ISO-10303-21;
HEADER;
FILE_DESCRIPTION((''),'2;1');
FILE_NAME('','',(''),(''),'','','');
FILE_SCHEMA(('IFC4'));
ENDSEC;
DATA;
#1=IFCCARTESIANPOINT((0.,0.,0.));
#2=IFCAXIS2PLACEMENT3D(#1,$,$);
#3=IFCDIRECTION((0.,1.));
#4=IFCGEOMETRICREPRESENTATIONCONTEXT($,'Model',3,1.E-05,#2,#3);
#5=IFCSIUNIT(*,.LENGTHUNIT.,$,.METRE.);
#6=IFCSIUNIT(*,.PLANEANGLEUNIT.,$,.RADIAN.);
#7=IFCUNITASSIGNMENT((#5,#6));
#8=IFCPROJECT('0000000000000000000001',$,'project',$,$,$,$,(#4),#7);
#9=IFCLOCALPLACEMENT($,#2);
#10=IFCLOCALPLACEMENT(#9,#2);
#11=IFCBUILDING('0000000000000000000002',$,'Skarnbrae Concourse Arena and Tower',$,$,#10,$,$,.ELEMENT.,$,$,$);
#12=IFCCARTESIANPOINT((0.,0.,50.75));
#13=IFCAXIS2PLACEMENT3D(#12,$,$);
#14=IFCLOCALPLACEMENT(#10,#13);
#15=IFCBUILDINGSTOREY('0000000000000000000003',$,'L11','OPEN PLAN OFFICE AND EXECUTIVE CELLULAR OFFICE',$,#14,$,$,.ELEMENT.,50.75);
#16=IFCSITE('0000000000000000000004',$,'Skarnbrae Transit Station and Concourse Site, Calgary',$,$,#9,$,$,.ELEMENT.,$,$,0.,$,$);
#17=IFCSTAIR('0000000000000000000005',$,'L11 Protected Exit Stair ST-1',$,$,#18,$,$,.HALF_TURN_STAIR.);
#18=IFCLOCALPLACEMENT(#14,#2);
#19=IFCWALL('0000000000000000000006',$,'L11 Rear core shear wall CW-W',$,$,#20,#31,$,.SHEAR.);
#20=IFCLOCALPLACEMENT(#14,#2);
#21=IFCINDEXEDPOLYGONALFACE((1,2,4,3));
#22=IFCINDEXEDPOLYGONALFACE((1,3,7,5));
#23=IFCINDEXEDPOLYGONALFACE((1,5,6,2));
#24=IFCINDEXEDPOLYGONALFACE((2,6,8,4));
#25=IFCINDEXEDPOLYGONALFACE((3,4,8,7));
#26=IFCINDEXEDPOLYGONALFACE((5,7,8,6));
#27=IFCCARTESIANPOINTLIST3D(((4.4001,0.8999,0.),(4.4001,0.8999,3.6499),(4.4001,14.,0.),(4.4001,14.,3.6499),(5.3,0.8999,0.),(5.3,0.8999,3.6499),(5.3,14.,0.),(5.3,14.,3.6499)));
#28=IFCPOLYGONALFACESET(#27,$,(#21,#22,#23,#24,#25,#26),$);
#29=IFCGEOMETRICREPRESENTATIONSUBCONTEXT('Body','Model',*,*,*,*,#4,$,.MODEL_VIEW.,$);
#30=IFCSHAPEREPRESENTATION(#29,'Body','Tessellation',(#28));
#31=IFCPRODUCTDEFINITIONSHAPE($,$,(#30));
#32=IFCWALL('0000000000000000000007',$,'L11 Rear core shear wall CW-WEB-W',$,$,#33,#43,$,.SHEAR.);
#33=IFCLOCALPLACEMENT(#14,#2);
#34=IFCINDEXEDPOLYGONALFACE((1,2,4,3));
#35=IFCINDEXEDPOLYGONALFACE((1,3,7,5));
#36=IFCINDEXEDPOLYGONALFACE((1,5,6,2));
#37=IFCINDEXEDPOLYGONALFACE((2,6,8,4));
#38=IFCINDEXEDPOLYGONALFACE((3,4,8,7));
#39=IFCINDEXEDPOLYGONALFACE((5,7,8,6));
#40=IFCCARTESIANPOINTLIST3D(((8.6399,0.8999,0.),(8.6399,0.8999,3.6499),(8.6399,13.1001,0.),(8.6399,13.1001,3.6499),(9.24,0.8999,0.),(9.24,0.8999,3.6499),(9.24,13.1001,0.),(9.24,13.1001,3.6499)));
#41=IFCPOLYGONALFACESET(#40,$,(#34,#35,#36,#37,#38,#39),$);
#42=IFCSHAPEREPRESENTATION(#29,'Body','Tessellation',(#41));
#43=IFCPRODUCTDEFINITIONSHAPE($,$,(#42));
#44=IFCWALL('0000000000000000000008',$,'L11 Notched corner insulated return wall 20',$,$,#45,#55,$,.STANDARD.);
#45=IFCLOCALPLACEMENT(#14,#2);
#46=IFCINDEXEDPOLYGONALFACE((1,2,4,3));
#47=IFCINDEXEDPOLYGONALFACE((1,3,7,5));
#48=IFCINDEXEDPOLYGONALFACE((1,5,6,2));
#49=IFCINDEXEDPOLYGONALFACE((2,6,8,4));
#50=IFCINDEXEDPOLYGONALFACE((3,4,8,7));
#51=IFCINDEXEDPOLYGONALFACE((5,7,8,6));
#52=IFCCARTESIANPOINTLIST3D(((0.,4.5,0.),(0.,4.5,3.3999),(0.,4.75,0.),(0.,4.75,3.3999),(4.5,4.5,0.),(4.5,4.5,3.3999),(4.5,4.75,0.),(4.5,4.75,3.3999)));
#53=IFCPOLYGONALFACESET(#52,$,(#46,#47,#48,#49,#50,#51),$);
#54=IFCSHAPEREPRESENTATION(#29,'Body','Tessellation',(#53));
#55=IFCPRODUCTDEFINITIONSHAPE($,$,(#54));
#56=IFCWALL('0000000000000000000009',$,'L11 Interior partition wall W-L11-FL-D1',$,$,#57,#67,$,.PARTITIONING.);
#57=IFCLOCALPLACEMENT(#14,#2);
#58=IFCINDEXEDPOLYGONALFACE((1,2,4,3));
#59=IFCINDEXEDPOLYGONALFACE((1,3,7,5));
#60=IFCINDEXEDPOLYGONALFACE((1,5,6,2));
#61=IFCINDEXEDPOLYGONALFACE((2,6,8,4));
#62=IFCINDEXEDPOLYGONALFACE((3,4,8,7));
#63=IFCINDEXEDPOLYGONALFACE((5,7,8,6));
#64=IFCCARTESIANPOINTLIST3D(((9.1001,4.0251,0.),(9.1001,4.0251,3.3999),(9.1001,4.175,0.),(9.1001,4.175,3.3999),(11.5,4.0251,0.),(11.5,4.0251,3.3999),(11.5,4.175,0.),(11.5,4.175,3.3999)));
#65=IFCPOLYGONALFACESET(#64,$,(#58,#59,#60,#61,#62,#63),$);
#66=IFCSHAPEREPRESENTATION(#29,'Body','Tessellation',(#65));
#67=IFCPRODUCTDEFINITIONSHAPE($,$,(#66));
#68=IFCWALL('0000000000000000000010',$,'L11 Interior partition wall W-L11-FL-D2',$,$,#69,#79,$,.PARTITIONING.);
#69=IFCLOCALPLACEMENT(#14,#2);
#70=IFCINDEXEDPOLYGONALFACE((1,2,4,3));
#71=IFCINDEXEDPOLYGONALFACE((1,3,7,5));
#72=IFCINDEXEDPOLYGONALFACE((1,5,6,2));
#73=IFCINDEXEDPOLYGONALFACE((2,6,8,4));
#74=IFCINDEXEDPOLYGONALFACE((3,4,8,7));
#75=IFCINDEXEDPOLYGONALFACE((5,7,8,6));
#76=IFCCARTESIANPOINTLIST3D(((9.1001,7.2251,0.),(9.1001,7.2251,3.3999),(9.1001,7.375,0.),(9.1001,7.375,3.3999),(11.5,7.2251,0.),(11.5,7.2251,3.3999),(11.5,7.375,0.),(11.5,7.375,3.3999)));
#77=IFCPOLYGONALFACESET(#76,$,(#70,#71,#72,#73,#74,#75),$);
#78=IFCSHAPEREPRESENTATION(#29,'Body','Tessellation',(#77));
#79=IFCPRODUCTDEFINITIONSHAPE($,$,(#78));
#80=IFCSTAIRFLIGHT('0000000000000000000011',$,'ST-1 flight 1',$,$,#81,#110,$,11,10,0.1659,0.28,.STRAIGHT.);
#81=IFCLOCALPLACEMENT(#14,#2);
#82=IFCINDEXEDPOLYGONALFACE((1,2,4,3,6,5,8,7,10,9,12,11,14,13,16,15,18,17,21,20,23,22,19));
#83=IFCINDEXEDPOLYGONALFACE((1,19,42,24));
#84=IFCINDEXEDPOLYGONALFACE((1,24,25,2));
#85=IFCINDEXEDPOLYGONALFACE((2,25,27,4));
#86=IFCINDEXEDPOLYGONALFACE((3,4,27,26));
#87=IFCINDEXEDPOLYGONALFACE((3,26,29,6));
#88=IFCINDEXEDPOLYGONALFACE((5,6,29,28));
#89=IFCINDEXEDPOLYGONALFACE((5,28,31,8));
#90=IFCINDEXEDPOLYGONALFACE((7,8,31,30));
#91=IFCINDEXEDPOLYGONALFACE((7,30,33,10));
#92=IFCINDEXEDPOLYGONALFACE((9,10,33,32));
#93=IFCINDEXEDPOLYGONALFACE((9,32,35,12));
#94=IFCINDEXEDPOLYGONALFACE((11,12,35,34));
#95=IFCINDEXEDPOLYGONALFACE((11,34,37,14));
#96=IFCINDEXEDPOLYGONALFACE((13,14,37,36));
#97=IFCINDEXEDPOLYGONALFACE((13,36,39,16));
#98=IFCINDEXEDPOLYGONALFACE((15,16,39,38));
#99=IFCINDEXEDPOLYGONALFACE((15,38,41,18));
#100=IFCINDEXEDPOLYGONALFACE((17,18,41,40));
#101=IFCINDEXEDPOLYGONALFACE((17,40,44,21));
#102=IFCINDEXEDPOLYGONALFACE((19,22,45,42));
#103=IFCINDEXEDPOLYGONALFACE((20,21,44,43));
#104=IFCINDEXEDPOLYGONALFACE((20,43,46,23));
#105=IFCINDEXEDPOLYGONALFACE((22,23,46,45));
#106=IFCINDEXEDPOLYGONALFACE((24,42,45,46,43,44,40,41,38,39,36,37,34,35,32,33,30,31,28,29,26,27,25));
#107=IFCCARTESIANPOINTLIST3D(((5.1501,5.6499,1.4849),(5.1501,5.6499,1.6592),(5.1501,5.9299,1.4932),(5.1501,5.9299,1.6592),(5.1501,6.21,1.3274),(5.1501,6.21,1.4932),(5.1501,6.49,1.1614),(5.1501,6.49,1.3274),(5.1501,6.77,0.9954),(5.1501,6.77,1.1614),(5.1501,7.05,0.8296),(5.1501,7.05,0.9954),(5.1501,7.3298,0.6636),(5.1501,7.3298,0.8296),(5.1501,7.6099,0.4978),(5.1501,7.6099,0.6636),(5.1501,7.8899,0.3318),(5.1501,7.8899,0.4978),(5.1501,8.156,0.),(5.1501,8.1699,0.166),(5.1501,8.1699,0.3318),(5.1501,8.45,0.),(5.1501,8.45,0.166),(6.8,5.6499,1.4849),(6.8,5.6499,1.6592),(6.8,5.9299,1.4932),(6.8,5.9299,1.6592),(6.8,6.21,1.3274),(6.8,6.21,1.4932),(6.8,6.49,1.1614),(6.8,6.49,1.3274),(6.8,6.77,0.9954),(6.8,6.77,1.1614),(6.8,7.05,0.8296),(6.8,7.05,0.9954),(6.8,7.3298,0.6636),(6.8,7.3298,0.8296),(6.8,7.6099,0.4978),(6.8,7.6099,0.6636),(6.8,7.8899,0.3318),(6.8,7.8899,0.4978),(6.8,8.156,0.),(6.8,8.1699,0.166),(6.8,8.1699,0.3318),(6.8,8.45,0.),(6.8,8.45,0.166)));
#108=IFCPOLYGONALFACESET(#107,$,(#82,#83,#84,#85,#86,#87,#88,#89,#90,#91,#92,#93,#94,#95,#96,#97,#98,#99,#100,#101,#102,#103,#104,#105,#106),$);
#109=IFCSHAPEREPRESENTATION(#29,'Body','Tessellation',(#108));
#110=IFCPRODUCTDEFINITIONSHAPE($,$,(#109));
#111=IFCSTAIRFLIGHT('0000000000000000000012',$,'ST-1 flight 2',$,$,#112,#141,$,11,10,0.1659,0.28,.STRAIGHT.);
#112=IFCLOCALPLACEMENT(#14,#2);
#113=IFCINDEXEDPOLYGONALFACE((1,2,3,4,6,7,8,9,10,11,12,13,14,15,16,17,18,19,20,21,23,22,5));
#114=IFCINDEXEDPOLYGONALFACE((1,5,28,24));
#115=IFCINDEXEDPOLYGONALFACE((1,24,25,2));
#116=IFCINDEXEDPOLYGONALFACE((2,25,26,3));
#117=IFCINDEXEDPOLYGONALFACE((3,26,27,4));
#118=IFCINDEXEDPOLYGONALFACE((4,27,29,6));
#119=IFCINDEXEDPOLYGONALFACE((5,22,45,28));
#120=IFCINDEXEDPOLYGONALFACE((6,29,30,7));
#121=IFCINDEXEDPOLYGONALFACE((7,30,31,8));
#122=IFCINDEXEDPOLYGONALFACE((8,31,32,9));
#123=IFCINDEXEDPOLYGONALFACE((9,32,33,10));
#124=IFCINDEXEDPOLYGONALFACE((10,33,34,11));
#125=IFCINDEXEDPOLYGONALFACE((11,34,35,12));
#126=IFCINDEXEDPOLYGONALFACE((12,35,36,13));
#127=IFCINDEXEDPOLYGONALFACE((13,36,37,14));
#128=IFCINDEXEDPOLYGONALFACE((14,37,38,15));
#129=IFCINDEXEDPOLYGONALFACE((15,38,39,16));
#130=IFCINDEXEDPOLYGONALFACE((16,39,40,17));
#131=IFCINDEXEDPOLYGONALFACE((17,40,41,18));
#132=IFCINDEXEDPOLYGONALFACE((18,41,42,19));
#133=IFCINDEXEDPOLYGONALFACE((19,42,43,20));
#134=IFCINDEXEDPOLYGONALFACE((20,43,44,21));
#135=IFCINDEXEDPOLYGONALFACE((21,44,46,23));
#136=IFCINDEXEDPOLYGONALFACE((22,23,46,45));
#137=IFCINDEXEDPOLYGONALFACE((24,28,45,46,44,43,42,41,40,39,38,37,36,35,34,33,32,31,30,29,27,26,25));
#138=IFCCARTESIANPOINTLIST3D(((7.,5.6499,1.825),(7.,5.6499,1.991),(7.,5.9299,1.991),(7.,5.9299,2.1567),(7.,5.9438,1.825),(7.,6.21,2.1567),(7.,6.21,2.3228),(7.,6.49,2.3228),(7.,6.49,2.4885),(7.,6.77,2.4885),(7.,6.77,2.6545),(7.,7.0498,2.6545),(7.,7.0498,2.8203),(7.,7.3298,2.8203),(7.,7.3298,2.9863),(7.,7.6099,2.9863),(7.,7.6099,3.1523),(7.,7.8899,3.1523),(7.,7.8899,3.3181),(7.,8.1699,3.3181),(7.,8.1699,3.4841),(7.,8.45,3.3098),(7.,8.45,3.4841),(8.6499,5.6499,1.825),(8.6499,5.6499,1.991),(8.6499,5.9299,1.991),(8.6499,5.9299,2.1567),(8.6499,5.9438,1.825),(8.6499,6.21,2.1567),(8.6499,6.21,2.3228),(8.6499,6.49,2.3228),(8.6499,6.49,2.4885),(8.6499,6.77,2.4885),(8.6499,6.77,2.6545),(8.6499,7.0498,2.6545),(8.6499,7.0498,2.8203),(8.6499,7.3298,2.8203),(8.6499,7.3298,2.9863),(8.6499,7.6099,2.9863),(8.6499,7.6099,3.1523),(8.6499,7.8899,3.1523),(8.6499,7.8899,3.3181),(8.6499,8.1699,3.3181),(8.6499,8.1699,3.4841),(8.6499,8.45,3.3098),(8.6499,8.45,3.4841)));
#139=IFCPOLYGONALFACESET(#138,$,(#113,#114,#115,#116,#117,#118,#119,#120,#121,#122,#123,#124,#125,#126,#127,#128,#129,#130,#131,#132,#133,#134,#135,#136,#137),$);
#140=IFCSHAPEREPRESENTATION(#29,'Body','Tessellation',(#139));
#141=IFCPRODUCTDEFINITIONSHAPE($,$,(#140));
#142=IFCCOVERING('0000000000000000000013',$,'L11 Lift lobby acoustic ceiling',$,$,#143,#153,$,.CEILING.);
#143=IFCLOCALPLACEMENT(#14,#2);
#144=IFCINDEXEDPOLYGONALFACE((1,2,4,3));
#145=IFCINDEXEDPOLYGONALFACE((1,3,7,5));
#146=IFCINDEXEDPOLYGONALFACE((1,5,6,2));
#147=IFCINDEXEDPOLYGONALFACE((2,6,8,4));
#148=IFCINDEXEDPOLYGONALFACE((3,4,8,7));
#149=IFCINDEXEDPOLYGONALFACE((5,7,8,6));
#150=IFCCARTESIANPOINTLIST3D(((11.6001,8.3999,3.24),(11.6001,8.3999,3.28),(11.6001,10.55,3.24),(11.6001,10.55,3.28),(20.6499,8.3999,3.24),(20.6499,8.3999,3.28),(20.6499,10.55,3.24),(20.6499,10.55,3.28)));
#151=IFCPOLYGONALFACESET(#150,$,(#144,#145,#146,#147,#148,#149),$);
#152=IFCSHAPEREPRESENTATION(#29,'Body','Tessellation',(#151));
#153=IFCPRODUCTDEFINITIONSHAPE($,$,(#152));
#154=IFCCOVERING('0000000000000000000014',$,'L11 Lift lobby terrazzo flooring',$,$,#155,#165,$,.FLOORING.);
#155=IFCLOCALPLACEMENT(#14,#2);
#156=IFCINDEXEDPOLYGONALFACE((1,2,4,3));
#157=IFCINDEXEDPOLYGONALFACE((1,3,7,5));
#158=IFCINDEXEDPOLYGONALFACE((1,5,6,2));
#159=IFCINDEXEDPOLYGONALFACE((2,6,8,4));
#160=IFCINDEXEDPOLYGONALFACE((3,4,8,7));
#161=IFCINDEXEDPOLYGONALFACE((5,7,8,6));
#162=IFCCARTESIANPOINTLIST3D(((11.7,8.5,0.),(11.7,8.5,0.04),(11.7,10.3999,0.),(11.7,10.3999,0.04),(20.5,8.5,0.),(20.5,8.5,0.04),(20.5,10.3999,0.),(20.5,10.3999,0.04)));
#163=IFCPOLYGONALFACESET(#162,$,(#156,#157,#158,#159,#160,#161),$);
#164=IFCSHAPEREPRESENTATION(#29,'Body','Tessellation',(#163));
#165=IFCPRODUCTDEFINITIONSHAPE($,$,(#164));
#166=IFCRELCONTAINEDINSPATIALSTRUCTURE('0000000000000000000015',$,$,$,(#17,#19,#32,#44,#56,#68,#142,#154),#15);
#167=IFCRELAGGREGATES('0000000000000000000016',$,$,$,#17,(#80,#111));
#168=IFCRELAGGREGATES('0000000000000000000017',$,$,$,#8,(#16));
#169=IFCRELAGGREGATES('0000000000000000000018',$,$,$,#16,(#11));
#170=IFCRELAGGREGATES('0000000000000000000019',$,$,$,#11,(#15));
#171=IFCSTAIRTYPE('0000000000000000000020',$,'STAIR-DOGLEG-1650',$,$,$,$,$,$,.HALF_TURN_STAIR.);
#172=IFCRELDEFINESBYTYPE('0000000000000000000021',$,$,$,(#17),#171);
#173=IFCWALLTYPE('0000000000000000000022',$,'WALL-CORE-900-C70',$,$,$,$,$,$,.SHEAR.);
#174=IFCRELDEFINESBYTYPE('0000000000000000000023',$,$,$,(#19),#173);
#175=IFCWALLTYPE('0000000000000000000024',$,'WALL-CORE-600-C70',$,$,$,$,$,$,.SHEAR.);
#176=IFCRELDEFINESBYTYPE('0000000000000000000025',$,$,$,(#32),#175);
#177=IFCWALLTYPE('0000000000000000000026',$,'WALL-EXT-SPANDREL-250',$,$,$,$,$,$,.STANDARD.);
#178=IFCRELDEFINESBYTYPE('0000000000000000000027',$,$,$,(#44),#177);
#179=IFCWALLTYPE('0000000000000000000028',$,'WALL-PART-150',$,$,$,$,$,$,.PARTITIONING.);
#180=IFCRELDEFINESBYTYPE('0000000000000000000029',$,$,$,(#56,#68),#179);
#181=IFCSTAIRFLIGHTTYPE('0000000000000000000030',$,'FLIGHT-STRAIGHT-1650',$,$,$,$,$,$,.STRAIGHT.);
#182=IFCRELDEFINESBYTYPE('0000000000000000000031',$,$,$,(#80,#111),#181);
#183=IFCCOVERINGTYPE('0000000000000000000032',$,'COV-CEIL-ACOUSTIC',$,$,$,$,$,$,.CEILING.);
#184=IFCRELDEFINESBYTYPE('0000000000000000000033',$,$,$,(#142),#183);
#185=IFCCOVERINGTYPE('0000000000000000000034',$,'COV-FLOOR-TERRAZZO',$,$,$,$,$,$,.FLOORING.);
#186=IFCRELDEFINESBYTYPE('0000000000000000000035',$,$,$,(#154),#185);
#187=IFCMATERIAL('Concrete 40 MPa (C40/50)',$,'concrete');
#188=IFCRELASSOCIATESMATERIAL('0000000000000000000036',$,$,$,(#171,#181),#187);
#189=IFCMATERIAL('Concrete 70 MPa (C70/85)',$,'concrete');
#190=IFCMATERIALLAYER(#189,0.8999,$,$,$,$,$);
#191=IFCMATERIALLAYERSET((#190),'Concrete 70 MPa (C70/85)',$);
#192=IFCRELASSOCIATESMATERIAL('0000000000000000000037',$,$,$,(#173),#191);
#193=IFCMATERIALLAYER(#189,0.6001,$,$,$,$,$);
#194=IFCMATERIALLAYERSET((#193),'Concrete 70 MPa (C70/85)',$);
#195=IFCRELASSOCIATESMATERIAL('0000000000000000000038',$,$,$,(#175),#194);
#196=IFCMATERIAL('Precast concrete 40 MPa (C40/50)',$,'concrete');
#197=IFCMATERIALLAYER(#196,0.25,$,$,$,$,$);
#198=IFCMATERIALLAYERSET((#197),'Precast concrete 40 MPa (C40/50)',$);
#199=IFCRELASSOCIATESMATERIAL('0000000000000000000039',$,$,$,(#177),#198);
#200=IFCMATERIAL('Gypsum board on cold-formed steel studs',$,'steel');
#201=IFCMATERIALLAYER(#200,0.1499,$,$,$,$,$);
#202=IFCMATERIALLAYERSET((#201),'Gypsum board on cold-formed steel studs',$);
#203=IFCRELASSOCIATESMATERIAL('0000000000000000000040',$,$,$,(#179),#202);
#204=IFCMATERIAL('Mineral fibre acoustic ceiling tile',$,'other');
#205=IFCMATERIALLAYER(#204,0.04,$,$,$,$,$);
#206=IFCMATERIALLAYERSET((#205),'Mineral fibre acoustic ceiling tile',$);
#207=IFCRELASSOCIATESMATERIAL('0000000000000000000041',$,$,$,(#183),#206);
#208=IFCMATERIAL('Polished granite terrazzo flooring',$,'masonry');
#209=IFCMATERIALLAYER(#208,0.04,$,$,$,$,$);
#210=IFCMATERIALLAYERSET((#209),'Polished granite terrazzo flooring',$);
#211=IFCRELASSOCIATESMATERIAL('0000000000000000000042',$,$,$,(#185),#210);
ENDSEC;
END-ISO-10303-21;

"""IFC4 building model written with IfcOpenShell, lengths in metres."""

from ifc_helpers import new_model, si_unit, direction, frame, frame_2d, origin, place, context, subcontext, project, spatial, polyline, rectangle, outline, extrude, source, transform, mapped, material, layer, layer_set, type_object, element, aggregate, save


model = new_model("IFC4")

# Units and contexts
model_context = context("Model", 3, precision=1e-05, world=origin(), true_north=direction((0.0, 1.0)))
body_context = subcontext(model_context, "Body", "Model", "MODEL_VIEW")
ifc_project = project(units=[si_unit("LENGTHUNIT", "METRE"), si_unit("PLANEANGLEUNIT", "RADIAN")], contexts=[model_context])

# Site, building, storey
site_placement = place(None, origin())
site = spatial("IfcSite", under=ifc_project, at=site_placement, Name="Skarnbrae Transit Station and Concourse Site, Calgary", CompositionType="ELEMENT", RefElevation=0.0)
building_placement = place(site_placement, origin())
building = spatial("IfcBuilding", under=site, at=building_placement, Name="Skarnbrae Concourse Arena and Tower", CompositionType="ELEMENT")
storey_placement = place(building_placement, frame((0.0, 0.0, 50.75)))
storey = spatial("IfcBuildingStorey", under=building, at=storey_placement, Name="L11", Description="OPEN PLAN OFFICE AND EXECUTIVE CELLULAR OFFICE", CompositionType="ELEMENT", Elevation=50.75)

# Stair
ifc_material_1 = material(Name="Concrete 40 MPa (C40/50)", Category="concrete")
stair_type = type_object("IfcStairType", Name="STAIR-DOGLEG-1650", PredefinedType="HALF_TURN_STAIR", material=ifc_material_1)
stair_1_placement = place(storey_placement, origin())
stair_1 = element("IfcStair", 1, at=stair_1_placement, inside=storey, type_object=stair_type, Name="L11 Protected Exit Stair ST-1", PredefinedType="HALF_TURN_STAIR")

# Walls
ifc_material_2 = material(Name="Concrete 70 MPa (C70/85)", Category="concrete")
ifc_layer_1 = layer(ifc_material_2, 0.8999)
ifc_layer_set_1 = layer_set([ifc_layer_1], Name="Concrete 70 MPa (C70/85)")
wall_type_1 = type_object("IfcWallType", Name="WALL-CORE-900-C70", PredefinedType="SHEAR", material=ifc_layer_set_1)
shared_shape_1 = source(origin(), body_context, "Body", "SweptSolid", [
    extrude(rectangle(XDim=13.1001, YDim=0.8999, at=frame_2d((6.55, 0.0))), origin(), (0.0, 0.0, 1.0), 3.6499),
])
wall_1_placement = place(storey_placement, frame((4.8501, 0.8999, 0.0), z_axis=(0.0, 0.0, 1.0), x_axis=(0.0, 1.0, 0.0)))
element("IfcWall", 2, at=wall_1_placement, inside=storey, type_object=wall_type_1, Name="L11 Rear core shear wall CW-W", PredefinedType="SHEAR", context=body_context, shape_type="MappedRepresentation", body=[
    mapped(shared_shape_1, transform((0.0, 0.0, 0.0))),
])
ifc_layer_2 = layer(ifc_material_2, 0.6001)
ifc_layer_set_2 = layer_set([ifc_layer_2], Name="Concrete 70 MPa (C70/85)")
wall_type_2 = type_object("IfcWallType", Name="WALL-CORE-600-C70", PredefinedType="SHEAR", material=ifc_layer_set_2)
shared_shape_2 = source(origin(), body_context, "Body", "SweptSolid", [
    extrude(rectangle(XDim=12.2002, YDim=0.6001, at=frame_2d((6.1001, 0.0))), origin(), (0.0, 0.0, 1.0), 3.6499),
])
wall_2_placement = place(storey_placement, frame((8.9399, 0.8999, 0.0), z_axis=(0.0, 0.0, 1.0), x_axis=(0.0, 1.0, 0.0)))
element("IfcWall", 3, at=wall_2_placement, inside=storey, type_object=wall_type_2, Name="L11 Rear core shear wall CW-WEB-W", PredefinedType="SHEAR", context=body_context, shape_type="MappedRepresentation", body=[
    mapped(shared_shape_2, transform((0.0, 0.0, 0.0))),
])

# Walls
ifc_material_3 = material(Name="Precast concrete 40 MPa (C40/50)", Category="concrete")
ifc_layer_3 = layer(ifc_material_3, 0.25)
ifc_layer_set_3 = layer_set([ifc_layer_3], Name="Precast concrete 40 MPa (C40/50)")
wall_type_3 = type_object("IfcWallType", Name="WALL-EXT-SPANDREL-250", PredefinedType="STANDARD", material=ifc_layer_set_3)
shared_shape_3 = source(origin(), body_context, "Body", "SweptSolid", [
    extrude(rectangle(XDim=4.5, YDim=0.25, at=frame_2d((2.25, 0.0))), origin(), (0.0, 0.0, 1.0), 3.3999),
])
wall_3_placement = place(storey_placement, frame((0.0, 4.625, 0.0), z_axis=(0.0, 0.0, 1.0), x_axis=(1.0, 0.0, 0.0)))
element("IfcWall", 4, at=wall_3_placement, inside=storey, type_object=wall_type_3, Name="L11 Notched corner insulated return wall 20", PredefinedType="STANDARD", context=body_context, shape_type="MappedRepresentation", body=[
    mapped(shared_shape_3, transform((0.0, 0.0, 0.0))),
])
ifc_material_4 = material(Name="Gypsum board on cold-formed steel studs", Category="steel")
ifc_layer_4 = layer(ifc_material_4, 0.1499)
ifc_layer_set_4 = layer_set([ifc_layer_4], Name="Gypsum board on cold-formed steel studs")
wall_type_4 = type_object("IfcWallType", Name="WALL-PART-150", PredefinedType="PARTITIONING", material=ifc_layer_set_4)
shared_shape_4 = source(origin(), body_context, "Body", "SweptSolid", [
    extrude(rectangle(XDim=2.3999, YDim=0.1499, at=frame_2d((1.2, 0.0))), origin(), (0.0, 0.0, 1.0), 3.3999),
])
for number, where, z_axis, x_axis, name in (
    (5, (9.1001, 4.1001, 0.0), (0.0, 0.0, 1.0), (1.0, 0.0, 0.0), "L11 Interior partition wall W-L11-FL-D1"),
    (6, (9.1001, 7.3, 0.0), (0.0, 0.0, 1.0), (1.0, 0.0, 0.0), "L11 Interior partition wall W-L11-FL-D2"),
):
    element("IfcWall", number, at=place(storey_placement, frame(where, z_axis=z_axis, x_axis=x_axis)), inside=storey, type_object=wall_type_4, Name=name, PredefinedType="PARTITIONING", context=body_context, shape_type="MappedRepresentation", body=[
        mapped(shared_shape_4, transform((0.0, 0.0, 0.0))),
    ])

# Stair flights
stair_flight_type = type_object("IfcStairFlightType", Name="FLIGHT-STRAIGHT-1650", PredefinedType="STRAIGHT", material=ifc_material_1)
shared_shape_5 = source(origin(), body_context, "Body", "SweptSolid", [
    extrude(outline(polyline([(0.0, 0.0), (0.0, 0.166), (0.28, 0.166), (0.28, 0.3318), (0.5601, 0.3318), (0.5601, 0.4978), (0.8401, 0.4978), (0.8401, 0.6636), (1.1201, 0.6636), (1.1201, 0.8296), (1.3999, 0.8296), (1.3999, 0.9954), (1.6799, 0.9954), (1.6799, 1.1614), (1.96, 1.1614), (1.96, 1.3274), (2.24, 1.3274), (2.24, 1.4932), (2.52, 1.4932), (2.52, 1.6592), (2.8, 1.6592), (2.8, 1.825), (2.8, 1.4849), (0.2939, 0.0), (0.0, 0.0)])), frame((0.0, 0.825, 0.0), z_axis=(0.0, -1.0, 0.0), x_axis=(1.0, 0.0, 0.0)), (0.0, 0.0, 1.0), 1.6499),
])
stair_flight_1_placement = place(storey_placement, frame((5.9751, 8.45, 0.0), z_axis=(0.0, 0.0, 1.0), x_axis=(0.0, -1.0, 0.0)))
stair_flight_1 = element("IfcStairFlight", 7, at=stair_flight_1_placement, type_object=stair_flight_type, Name="ST-1 flight 1", NumberOfRisers=11, NumberOfTreads=10, PredefinedType="STRAIGHT", RiserHeight=0.1659, TreadLength=0.28, context=body_context, shape_type="MappedRepresentation", body=[
    mapped(shared_shape_5, transform((0.0, 0.0, 0.0))),
])
stair_flight_2_placement = place(storey_placement, frame((7.825, 5.6499, 1.825), z_axis=(0.0, 0.0, 1.0), x_axis=(0.0, 1.0, 0.0)))
stair_flight_2 = element("IfcStairFlight", 8, at=stair_flight_2_placement, type_object=stair_flight_type, Name="ST-1 flight 2", NumberOfRisers=11, NumberOfTreads=10, PredefinedType="STRAIGHT", RiserHeight=0.1659, TreadLength=0.28, context=body_context, shape_type="MappedRepresentation", body=[
    mapped(shared_shape_5, transform((0.0, 0.0, 0.0))),
])
aggregate(stair_1, [stair_flight_1, stair_flight_2])

# Coverings
ifc_material_5 = material(Name="Mineral fibre acoustic ceiling tile", Category="other")
ifc_layer_5 = layer(ifc_material_5, 0.04)
ifc_layer_set_5 = layer_set([ifc_layer_5], Name="Mineral fibre acoustic ceiling tile")
covering_type_1 = type_object("IfcCoveringType", Name="COV-CEIL-ACOUSTIC", PredefinedType="CEILING", material=ifc_layer_set_5)
covering_1_placement = place(storey_placement, frame((0.0, 0.0, 3.24)))
element("IfcCovering", 9, at=covering_1_placement, inside=storey, type_object=covering_type_1, Name="L11 Lift lobby acoustic ceiling", PredefinedType="CEILING", context=body_context, shape_type="SweptSolid", body=[
    extrude(outline(polyline([(11.6001, 8.3999), (20.6499, 8.3999), (20.6499, 10.55), (11.6001, 10.55), (11.6001, 8.3999)])), origin(), (0.0, 0.0, 1.0), 0.04),
])
ifc_material_6 = material(Name="Polished granite terrazzo flooring", Category="masonry")
ifc_layer_6 = layer(ifc_material_6, 0.04)
ifc_layer_set_6 = layer_set([ifc_layer_6], Name="Polished granite terrazzo flooring")
covering_type_2 = type_object("IfcCoveringType", Name="COV-FLOOR-TERRAZZO", PredefinedType="FLOORING", material=ifc_layer_set_6)
covering_2_placement = place(storey_placement, origin())
element("IfcCovering", 10, at=covering_2_placement, inside=storey, type_object=covering_type_2, Name="L11 Lift lobby terrazzo flooring", PredefinedType="FLOORING", context=body_context, shape_type="SweptSolid", body=[
    extrude(outline(polyline([(11.7, 8.5), (20.5, 8.5), (20.5, 10.3999), (11.7, 10.3999), (11.7, 8.5)])), origin(), (0.0, 0.0, 1.0), 0.04),
])

save(model, "model.ifc")
